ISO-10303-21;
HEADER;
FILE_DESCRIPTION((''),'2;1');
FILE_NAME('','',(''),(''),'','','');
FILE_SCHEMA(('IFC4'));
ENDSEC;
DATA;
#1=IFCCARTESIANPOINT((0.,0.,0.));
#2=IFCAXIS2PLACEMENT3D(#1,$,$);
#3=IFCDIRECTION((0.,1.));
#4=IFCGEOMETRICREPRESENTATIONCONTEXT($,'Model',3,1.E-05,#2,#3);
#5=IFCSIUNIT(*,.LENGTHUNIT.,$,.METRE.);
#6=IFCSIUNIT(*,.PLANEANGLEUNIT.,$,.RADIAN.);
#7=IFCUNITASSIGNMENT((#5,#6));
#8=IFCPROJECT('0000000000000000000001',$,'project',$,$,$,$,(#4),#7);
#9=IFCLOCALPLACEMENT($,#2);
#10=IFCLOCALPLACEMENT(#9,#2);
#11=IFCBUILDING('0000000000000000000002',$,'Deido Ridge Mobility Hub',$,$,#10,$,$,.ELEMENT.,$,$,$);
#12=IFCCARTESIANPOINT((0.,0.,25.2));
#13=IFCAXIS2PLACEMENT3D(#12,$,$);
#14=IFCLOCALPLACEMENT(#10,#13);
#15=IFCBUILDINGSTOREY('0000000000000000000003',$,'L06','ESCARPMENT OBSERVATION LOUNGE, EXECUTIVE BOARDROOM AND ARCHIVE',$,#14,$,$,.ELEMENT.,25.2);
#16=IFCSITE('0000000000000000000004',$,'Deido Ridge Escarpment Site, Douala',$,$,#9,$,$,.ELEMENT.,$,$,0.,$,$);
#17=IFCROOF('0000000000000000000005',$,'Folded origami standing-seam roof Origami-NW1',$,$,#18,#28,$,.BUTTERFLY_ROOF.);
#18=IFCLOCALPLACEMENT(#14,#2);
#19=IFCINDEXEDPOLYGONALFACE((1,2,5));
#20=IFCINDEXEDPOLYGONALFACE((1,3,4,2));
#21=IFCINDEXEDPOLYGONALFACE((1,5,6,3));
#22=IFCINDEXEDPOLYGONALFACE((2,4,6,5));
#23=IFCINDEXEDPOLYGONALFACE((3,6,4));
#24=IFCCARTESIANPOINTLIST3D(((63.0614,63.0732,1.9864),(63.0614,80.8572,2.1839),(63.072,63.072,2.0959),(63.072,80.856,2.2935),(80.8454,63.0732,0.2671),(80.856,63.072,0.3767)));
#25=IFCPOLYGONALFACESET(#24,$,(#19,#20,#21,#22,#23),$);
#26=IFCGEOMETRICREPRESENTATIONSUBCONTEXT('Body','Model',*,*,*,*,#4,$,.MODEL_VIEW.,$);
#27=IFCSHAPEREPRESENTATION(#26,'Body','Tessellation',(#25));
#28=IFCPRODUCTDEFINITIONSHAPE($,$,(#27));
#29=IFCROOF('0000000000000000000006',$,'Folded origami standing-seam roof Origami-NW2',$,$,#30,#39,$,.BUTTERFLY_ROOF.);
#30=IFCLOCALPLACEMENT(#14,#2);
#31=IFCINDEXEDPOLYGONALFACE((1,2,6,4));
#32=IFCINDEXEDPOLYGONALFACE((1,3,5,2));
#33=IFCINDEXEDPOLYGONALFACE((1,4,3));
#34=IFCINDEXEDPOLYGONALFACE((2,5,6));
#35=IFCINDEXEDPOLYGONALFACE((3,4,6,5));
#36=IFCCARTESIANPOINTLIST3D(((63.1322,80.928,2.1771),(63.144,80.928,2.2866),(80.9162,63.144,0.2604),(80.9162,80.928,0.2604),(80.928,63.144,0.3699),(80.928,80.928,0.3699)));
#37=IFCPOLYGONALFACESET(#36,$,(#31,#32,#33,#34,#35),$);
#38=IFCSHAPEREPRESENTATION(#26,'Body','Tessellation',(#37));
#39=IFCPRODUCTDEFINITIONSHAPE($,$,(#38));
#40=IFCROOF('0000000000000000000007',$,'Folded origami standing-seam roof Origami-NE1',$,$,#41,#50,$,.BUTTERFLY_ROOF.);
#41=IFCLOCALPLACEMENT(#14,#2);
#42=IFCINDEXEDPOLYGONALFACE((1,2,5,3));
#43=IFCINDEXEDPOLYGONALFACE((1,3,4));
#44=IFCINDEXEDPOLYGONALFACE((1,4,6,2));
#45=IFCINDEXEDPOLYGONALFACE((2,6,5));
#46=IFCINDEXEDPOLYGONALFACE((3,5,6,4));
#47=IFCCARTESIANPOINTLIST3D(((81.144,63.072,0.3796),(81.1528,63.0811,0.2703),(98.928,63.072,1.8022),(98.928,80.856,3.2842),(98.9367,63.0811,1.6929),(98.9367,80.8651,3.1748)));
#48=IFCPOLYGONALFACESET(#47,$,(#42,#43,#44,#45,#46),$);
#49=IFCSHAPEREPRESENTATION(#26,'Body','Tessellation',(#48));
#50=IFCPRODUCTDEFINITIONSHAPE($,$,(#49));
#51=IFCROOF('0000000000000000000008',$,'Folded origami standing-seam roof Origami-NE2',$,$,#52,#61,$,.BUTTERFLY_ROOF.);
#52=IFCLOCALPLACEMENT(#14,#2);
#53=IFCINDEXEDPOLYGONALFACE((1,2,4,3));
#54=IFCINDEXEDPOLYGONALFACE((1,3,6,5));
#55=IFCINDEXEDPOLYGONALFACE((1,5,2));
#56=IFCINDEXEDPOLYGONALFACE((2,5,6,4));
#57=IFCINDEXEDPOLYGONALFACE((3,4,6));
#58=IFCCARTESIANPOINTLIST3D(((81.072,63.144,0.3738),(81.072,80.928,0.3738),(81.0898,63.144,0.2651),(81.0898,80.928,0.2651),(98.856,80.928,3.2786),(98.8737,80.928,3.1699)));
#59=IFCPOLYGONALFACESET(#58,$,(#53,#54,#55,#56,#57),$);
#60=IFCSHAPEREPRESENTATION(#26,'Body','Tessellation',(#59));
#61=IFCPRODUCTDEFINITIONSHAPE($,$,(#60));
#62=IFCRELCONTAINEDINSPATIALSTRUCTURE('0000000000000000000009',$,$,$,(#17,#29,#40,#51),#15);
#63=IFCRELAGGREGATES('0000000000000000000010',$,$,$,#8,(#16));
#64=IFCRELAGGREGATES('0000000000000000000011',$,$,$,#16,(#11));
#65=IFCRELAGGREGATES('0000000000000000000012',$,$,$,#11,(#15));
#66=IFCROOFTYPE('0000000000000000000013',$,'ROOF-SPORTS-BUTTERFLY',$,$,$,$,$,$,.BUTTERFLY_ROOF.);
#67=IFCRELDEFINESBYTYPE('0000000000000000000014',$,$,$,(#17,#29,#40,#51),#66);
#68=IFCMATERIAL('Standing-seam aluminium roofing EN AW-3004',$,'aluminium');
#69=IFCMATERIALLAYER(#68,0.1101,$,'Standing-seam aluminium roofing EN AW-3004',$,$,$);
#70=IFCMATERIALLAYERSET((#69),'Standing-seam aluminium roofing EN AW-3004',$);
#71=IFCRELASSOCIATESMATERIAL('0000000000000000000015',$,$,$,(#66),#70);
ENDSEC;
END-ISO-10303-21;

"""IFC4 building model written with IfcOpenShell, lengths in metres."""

from ifc_helpers import new_model, si_unit, direction, frame, origin, place, context, subcontext, project, spatial, polyline, outline, extrude, material, layer, layer_set, type_object, element, save


model = new_model("IFC4")

# Units and contexts
model_context = context("Model", 3, precision=1e-05, world=origin(), true_north=direction((0.0, 1.0)))
body_context = subcontext(model_context, "Body", "Model", "MODEL_VIEW")
ifc_project = project(units=[si_unit("LENGTHUNIT", "METRE"), si_unit("PLANEANGLEUNIT", "RADIAN")], contexts=[model_context])

# Site, building, storey
site_placement = place(None, origin())
site = spatial("IfcSite", under=ifc_project, at=site_placement, Name="Deido Ridge Escarpment Site, Douala", CompositionType="ELEMENT", RefElevation=0.0)
building_placement = place(site_placement, origin())
building = spatial("IfcBuilding", under=site, at=building_placement, Name="Deido Ridge Mobility Hub", CompositionType="ELEMENT")
storey_placement = place(building_placement, frame((0.0, 0.0, 25.2)))
storey = spatial("IfcBuildingStorey", under=building, at=storey_placement, Name="L06", Description="ESCARPMENT OBSERVATION LOUNGE, EXECUTIVE BOARDROOM AND ARCHIVE", CompositionType="ELEMENT", Elevation=25.2)

# Roofs
ifc_material_1 = material(Name="Standing-seam aluminium roofing EN AW-3004", Category="aluminium")
ifc_layer_1 = layer(ifc_material_1, 0.1101, Name="Standing-seam aluminium roofing EN AW-3004")
ifc_layer_set_1 = layer_set([ifc_layer_1], Name="Standing-seam aluminium roofing EN AW-3004")
roof_type = type_object("IfcRoofType", Name="ROOF-SPORTS-BUTTERFLY", PredefinedType="BUTTERFLY_ROOF", material=ifc_layer_set_1)
roof_1_placement = place(storey_placement, frame((63.072, 63.072, 2.0959), z_axis=(0.096219, -0.011054, 0.995299), x_axis=(0.99536, 0.0, -0.096225)))
element("IfcRoof", 1, at=roof_1_placement, inside=storey, type_object=roof_type, Name="Folded origami standing-seam roof Origami-NW1", PredefinedType="BUTTERFLY_ROOF", context=body_context, shape_type="SweptSolid", body=[
    extrude(outline(polyline([(0.0, 0.0), (17.8668, 0.0), (-0.019, 17.785), (0.0, 0.0)])), origin(), (0.0, 0.0, -1.0), 0.1101),
])
roof_2_placement = place(storey_placement, frame((63.144, 80.928, 2.2866), z_axis=(0.107159, 0.0, 0.994242), x_axis=(0.705062, -0.705062, -0.075991)))
element("IfcRoof", 2, at=roof_2_placement, inside=storey, type_object=roof_type, Name="Folded origami standing-seam roof Origami-NW2", PredefinedType="BUTTERFLY_ROOF", context=body_context, shape_type="SweptSolid", body=[
    extrude(outline(polyline([(0.0, 0.0), (25.2232, 0.0), (12.6844, 12.6114), (0.0, 0.0)])), origin(), (0.0, 0.0, -1.0), 0.1101),
])
roof_3_placement = place(storey_placement, frame((81.144, 63.072, 0.3796), z_axis=(-0.079466, -0.082779, 0.993395), x_axis=(0.996816, 0.0, 0.079739)))
element("IfcRoof", 3, at=roof_3_placement, inside=storey, type_object=roof_type, Name="Folded origami standing-seam roof Origami-NE1", PredefinedType="BUTTERFLY_ROOF", context=body_context, shape_type="SweptSolid", body=[
    extrude(outline(polyline([(0.0, 0.0), (17.8407, 0.0), (17.9589, 17.8452), (0.0, 0.0)])), origin(), (0.0, 0.0, -1.0), 0.1101),
])
roof_4_placement = place(storey_placement, frame((81.072, 63.144, 0.3738), z_axis=(-0.161201, 0.0, 0.986922), x_axis=(0.702437, 0.702437, 0.114734)))
element("IfcRoof", 4, at=roof_4_placement, inside=storey, type_object=roof_type, Name="Folded origami standing-seam roof Origami-NE2", PredefinedType="BUTTERFLY_ROOF", context=body_context, shape_type="SweptSolid", body=[
    extrude(outline(polyline([(0.0, 0.0), (25.3175, 0.0), (12.4921, 12.6576), (0.0, 0.0)])), origin(), (0.0, 0.0, -1.0), 0.1101),
])

save(model, "model.ifc")
